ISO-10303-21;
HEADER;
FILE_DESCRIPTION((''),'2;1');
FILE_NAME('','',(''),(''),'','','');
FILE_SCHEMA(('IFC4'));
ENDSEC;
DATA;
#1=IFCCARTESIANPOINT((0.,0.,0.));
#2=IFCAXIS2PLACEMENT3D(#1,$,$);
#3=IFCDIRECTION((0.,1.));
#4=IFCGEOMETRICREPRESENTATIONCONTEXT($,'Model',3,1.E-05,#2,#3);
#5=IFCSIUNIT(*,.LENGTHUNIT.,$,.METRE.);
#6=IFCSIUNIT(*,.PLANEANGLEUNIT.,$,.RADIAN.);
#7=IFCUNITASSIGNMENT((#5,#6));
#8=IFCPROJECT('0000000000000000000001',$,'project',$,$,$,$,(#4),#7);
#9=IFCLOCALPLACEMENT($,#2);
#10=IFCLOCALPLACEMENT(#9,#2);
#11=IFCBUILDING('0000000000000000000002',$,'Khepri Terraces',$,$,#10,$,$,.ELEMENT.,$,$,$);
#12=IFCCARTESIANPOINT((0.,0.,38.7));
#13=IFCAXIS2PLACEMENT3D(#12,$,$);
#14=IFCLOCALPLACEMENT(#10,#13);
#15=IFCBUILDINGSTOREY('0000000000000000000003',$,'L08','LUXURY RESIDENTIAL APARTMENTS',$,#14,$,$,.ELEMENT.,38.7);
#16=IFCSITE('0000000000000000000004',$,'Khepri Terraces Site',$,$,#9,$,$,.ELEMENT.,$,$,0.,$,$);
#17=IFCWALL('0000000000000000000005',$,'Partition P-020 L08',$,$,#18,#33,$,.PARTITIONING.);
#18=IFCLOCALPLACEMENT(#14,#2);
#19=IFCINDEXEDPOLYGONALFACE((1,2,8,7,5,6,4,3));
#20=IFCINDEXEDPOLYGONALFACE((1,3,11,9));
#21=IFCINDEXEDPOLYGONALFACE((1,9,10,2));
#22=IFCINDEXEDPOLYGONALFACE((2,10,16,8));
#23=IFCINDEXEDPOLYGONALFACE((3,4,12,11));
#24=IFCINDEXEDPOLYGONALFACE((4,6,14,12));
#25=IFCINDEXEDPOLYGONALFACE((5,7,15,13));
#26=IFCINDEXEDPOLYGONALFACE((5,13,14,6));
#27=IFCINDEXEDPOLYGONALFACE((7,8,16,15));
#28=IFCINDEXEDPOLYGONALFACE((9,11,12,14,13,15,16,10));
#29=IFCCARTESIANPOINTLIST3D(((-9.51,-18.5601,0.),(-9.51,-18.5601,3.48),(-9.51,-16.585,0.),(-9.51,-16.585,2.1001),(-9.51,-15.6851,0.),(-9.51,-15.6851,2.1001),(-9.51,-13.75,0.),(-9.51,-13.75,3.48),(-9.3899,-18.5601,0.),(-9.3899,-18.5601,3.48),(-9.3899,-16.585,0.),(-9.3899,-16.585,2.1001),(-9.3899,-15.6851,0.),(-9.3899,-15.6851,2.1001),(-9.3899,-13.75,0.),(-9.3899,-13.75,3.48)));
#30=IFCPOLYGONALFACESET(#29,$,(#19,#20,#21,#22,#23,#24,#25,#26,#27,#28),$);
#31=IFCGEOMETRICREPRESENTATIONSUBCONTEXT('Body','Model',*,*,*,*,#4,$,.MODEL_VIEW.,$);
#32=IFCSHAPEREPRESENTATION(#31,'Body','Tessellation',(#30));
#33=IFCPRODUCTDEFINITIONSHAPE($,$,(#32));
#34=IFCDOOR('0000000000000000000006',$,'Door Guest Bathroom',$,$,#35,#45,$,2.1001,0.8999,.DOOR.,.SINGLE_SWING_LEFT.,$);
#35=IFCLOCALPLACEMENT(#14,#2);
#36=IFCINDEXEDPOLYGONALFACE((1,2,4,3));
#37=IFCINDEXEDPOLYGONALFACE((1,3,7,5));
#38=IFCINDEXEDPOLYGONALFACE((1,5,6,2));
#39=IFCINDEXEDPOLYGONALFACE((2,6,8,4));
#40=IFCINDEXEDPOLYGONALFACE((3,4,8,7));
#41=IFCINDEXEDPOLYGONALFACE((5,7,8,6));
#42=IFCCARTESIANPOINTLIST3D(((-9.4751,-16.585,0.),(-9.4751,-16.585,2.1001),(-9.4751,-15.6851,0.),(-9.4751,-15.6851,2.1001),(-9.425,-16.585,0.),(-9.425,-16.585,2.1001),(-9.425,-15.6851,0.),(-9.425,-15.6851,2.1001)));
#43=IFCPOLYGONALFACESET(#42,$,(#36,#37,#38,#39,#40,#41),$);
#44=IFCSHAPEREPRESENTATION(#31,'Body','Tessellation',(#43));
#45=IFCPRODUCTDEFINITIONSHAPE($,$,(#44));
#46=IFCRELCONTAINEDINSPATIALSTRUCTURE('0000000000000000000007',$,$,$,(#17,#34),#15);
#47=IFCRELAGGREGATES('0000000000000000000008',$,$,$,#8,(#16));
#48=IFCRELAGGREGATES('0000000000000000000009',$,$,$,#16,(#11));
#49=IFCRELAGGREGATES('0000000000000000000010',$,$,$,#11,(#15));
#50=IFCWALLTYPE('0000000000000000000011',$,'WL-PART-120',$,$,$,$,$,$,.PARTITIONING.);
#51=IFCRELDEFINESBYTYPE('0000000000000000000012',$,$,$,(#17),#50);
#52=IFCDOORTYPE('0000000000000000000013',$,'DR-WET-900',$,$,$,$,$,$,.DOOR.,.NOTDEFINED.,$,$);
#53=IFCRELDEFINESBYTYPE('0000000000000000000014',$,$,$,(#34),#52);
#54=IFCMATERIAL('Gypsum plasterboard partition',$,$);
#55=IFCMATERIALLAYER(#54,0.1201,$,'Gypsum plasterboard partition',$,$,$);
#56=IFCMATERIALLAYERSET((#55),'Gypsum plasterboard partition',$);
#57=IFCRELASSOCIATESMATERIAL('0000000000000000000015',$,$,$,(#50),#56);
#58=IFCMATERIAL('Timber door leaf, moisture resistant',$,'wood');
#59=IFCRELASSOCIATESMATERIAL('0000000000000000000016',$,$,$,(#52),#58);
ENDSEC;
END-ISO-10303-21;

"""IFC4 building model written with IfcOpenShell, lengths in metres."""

from ifc_helpers import new_model, si_unit, direction, frame, frame_2d, origin, place, context, subcontext, project, spatial, rectangle, extrude, material, layer, layer_set, type_object, element, fill, save


model = new_model("IFC4")

# Units and contexts
model_context = context("Model", 3, precision=1e-05, world=origin(), true_north=direction((0.0, 1.0)))
body_context = subcontext(model_context, "Body", "Model", "MODEL_VIEW")
ifc_project = project(units=[si_unit("LENGTHUNIT", "METRE"), si_unit("PLANEANGLEUNIT", "RADIAN")], contexts=[model_context])

# Site, building, storey
site_placement = place(None, origin())
site = spatial("IfcSite", under=ifc_project, at=site_placement, Name="Khepri Terraces Site", CompositionType="ELEMENT", RefElevation=0.0)
building_placement = place(site_placement, origin())
building = spatial("IfcBuilding", under=site, at=building_placement, Name="Khepri Terraces", CompositionType="ELEMENT")
storey_placement = place(building_placement, frame((0.0, 0.0, 38.7)))
storey = spatial("IfcBuildingStorey", under=building, at=storey_placement, Name="L08", Description="LUXURY RESIDENTIAL APARTMENTS", CompositionType="ELEMENT", Elevation=38.7)

# Shared definitions
ifc_material_1 = material(Name="Gypsum plasterboard partition")
ifc_layer_1 = layer(ifc_material_1, 0.1201, Name="Gypsum plasterboard partition")
ifc_layer_set_1 = layer_set([ifc_layer_1], Name="Gypsum plasterboard partition")
wall_type_1 = type_object("IfcWallType", Name="WL-PART-120", PredefinedType="PARTITIONING", material=ifc_layer_set_1)

# Wall, opening, door
wall_1_placement = place(storey_placement, frame((-9.45, -18.5601, 0.0), z_axis=(0.0, 0.0, 1.0), x_axis=(0.0, 1.0, 0.0)))
wall_1 = element("IfcWall", 1, at=wall_1_placement, inside=storey, type_object=wall_type_1, Name="Partition P-020 L08", PredefinedType="PARTITIONING", context=body_context, shape_type="SweptSolid", body=[
    extrude(rectangle(XDim=4.8101, YDim=0.1201, at=frame_2d((2.405, 0.0))), origin(), (0.0, 0.0, 1.0), 3.48),
])
opening_1_placement = place(wall_1_placement, frame((1.9751, 0.0, 0.0)))
opening_1 = element("IfcOpeningElement", 2, at=opening_1_placement, cuts=wall_1, PredefinedType="OPENING", context=body_context, shape_type="SweptSolid", body=[
    extrude(rectangle(XDim=0.8999, YDim=2.1001, at=frame_2d((0.45, 1.05))), frame((0.0, 0.0701, 0.0), z_axis=(0.0, -1.0, 0.0), x_axis=(1.0, 0.0, 0.0)), (0.0, 0.0, 1.0), 0.1401),
])
ifc_material_2 = material(Name="Timber door leaf, moisture resistant", Category="wood")
door_type_1 = type_object("IfcDoorType", Name="DR-WET-900", OperationType="NOTDEFINED", PredefinedType="DOOR", material=ifc_material_2)
door_1_placement = place(opening_1_placement, frame((0.8999, 0.0, 0.0), z_axis=(0.0, 0.0, 1.0), x_axis=(-1.0, 0.0, 0.0)))
door_1 = element("IfcDoor", 3, at=door_1_placement, inside=storey, type_object=door_type_1, Name="Door Guest Bathroom", OperationType="SINGLE_SWING_LEFT", OverallHeight=2.1001, OverallWidth=0.8999, PredefinedType="DOOR", context=body_context, shape_type="SweptSolid", body=[
    extrude(rectangle(XDim=0.8999, YDim=2.1001, at=frame_2d((0.45, 1.05))), frame((0.0, 0.0249, 0.0), z_axis=(0.0, -1.0, 0.0), x_axis=(1.0, 0.0, 0.0)), (0.0, 0.0, 1.0), 0.05),
])
fill(opening_1, door_1)

save(model, "model.ifc")
